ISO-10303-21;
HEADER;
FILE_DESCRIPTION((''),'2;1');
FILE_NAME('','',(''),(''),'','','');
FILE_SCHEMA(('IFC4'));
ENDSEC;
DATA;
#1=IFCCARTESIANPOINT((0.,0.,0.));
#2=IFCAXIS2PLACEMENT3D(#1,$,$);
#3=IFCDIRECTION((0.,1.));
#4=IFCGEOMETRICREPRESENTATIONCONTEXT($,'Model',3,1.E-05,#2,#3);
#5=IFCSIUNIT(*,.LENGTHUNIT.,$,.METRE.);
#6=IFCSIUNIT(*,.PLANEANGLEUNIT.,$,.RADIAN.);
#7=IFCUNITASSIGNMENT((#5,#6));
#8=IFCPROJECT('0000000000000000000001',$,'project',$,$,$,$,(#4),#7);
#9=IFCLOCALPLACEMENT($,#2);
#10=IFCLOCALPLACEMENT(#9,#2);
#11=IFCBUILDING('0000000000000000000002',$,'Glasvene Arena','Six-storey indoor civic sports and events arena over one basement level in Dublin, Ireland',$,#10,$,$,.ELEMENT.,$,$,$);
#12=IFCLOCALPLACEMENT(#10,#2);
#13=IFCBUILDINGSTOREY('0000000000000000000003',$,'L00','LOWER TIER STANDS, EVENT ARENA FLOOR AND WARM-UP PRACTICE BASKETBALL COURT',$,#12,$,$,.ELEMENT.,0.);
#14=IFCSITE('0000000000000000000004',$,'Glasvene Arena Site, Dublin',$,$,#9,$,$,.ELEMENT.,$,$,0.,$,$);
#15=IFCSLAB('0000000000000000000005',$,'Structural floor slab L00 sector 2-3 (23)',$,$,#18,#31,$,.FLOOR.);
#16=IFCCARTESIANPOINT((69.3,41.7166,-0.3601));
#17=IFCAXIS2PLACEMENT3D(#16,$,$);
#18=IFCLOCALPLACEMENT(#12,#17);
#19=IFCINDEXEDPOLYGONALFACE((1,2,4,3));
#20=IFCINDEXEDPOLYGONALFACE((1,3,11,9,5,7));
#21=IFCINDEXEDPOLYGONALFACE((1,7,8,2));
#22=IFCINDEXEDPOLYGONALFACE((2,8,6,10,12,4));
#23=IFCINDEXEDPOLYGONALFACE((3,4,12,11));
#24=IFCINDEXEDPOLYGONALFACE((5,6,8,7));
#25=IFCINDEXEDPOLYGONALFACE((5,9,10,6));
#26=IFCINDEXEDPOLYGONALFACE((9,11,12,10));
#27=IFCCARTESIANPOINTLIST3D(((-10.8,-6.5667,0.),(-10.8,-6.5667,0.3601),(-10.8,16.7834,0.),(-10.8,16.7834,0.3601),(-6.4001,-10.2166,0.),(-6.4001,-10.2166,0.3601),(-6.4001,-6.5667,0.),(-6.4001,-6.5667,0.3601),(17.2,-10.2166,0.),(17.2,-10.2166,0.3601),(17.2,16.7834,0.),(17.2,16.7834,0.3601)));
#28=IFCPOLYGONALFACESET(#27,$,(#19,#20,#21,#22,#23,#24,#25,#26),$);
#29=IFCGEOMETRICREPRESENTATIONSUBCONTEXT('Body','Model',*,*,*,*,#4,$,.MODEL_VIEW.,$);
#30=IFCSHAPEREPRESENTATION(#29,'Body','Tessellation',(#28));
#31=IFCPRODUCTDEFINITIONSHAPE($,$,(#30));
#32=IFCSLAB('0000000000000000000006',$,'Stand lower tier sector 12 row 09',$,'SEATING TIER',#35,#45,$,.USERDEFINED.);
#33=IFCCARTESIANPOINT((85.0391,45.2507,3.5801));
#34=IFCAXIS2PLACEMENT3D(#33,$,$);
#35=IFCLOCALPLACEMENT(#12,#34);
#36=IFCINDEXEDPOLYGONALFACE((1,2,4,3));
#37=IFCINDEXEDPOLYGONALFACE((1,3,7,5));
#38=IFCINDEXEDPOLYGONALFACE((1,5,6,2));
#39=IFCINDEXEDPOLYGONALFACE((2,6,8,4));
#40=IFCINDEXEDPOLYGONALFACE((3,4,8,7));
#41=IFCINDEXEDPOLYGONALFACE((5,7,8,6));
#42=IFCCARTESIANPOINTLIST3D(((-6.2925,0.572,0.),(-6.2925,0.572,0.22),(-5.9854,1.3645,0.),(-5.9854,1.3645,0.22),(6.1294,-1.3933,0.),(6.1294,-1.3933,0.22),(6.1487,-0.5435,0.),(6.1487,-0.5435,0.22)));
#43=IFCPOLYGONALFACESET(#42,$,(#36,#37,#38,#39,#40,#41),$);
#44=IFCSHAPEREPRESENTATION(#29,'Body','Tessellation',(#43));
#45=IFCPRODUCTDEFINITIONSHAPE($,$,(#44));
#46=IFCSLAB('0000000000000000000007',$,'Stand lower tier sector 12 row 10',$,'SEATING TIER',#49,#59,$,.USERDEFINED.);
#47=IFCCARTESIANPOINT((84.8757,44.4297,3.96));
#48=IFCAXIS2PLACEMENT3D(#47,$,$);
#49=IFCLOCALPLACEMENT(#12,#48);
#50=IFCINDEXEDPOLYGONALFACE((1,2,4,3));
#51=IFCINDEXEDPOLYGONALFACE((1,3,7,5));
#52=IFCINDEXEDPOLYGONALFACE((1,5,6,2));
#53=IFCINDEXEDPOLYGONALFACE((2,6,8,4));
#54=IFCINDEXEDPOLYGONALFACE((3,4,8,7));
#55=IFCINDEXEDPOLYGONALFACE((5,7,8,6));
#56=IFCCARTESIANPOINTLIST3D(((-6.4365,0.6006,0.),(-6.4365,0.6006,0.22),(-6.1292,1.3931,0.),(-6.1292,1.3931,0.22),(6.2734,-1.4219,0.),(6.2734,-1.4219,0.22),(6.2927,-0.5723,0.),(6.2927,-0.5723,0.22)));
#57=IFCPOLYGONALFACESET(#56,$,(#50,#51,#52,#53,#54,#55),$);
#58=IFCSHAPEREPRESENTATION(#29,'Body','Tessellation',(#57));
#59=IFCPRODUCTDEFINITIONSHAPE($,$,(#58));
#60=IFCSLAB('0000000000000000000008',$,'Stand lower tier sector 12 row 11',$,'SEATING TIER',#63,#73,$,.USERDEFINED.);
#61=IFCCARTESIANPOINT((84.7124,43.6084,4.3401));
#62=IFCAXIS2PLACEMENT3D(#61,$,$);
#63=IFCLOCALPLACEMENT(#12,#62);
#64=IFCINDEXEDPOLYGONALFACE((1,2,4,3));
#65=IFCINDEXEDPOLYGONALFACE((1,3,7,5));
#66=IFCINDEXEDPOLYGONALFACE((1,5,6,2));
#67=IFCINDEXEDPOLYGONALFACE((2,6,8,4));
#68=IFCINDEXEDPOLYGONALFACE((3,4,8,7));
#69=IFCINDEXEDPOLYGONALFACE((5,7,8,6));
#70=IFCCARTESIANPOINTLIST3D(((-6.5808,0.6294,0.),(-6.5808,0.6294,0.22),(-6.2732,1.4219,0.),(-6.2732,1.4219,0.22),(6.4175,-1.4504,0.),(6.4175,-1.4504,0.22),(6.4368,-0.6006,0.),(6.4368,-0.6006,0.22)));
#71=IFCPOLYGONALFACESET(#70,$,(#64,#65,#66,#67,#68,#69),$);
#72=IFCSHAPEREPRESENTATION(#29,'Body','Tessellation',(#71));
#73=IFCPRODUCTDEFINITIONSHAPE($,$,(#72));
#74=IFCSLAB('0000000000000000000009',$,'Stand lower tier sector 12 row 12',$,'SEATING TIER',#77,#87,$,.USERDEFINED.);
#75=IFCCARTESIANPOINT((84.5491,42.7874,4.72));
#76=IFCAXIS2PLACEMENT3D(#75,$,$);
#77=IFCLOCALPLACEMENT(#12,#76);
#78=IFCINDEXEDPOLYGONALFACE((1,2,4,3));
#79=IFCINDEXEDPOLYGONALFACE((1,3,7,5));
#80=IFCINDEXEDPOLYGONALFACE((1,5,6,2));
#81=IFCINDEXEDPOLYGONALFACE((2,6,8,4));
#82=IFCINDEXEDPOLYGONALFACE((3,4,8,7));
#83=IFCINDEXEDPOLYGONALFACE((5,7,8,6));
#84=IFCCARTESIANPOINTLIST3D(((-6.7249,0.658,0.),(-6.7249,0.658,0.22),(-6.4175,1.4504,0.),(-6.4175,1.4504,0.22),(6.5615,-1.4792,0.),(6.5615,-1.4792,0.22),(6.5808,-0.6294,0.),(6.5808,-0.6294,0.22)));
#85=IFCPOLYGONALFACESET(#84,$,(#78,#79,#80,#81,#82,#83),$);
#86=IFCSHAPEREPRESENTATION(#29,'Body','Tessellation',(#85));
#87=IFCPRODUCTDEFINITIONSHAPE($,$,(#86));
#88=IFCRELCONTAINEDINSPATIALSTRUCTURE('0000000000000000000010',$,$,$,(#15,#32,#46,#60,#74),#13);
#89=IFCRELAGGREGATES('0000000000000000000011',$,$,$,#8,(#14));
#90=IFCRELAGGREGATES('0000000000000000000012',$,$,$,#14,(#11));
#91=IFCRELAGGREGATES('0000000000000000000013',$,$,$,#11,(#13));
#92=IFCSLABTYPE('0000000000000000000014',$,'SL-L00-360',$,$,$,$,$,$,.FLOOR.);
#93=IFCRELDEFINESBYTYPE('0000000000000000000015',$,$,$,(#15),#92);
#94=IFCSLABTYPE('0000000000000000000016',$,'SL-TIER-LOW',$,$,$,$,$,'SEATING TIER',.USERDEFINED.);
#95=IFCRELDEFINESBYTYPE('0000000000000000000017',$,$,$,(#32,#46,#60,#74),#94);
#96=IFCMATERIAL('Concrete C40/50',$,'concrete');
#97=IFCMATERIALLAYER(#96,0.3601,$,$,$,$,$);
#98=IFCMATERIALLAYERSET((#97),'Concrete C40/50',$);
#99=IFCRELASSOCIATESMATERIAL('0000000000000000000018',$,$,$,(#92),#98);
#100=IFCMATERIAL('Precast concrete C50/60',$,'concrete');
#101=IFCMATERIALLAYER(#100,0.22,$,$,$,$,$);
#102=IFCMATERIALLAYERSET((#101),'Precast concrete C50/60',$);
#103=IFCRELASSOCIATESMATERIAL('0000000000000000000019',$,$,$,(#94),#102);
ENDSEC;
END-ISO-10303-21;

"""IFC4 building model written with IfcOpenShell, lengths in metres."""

from ifc_helpers import new_model, si_unit, direction, frame, origin, place, context, subcontext, project, spatial, polyline, outline, extrude, material, layer, layer_set, type_object, element, save


model = new_model("IFC4")

# Units and contexts
model_context = context("Model", 3, precision=1e-05, world=origin(), true_north=direction((0.0, 1.0)))
body_context = subcontext(model_context, "Body", "Model", "MODEL_VIEW")
ifc_project = project(units=[si_unit("LENGTHUNIT", "METRE"), si_unit("PLANEANGLEUNIT", "RADIAN")], contexts=[model_context])

# Site, building, storey
site_placement = place(None, origin())
site = spatial("IfcSite", under=ifc_project, at=site_placement, Name="Glasvene Arena Site, Dublin", CompositionType="ELEMENT", RefElevation=0.0)
building_placement = place(site_placement, origin())
building = spatial("IfcBuilding", under=site, at=building_placement, Name="Glasvene Arena", Description="Six-storey indoor civic sports and events arena over one basement level in Dublin, Ireland", CompositionType="ELEMENT")
storey_placement = place(building_placement, origin())
storey = spatial("IfcBuildingStorey", under=building, at=storey_placement, Name="L00", Description="LOWER TIER STANDS, EVENT ARENA FLOOR AND WARM-UP PRACTICE BASKETBALL COURT", CompositionType="ELEMENT", Elevation=0.0)

# Shared definitions
ifc_material_1 = material(Name="Concrete C40/50", Category="concrete")

# Shared definitions
ifc_material_2 = material(Name="Precast concrete C50/60", Category="concrete")

# Slabs
ifc_layer_1 = layer(ifc_material_1, 0.3601)
ifc_layer_set_1 = layer_set([ifc_layer_1], Name="Concrete C40/50")
slab_type_1 = type_object("IfcSlabType", Name="SL-L00-360", PredefinedType="FLOOR", material=ifc_layer_set_1)
slab_1_placement = place(storey_placement, frame((69.3, 41.7166, -0.3601)))
element("IfcSlab", 1, at=slab_1_placement, inside=storey, type_object=slab_type_1, Name="Structural floor slab L00 sector 2-3 (23)", PredefinedType="FLOOR", context=body_context, shape_type="SweptSolid", body=[
    extrude(outline(polyline([(-10.8, 16.7834), (17.2, 16.7834), (17.2, -10.2166), (-6.4001, -10.2166), (-6.4001, -6.5667), (-10.8, -6.5667), (-10.8, 16.7834)])), origin(), (0.0, 0.0, 1.0), 0.3601),
])
ifc_layer_2 = layer(ifc_material_2, 0.22)
ifc_layer_set_2 = layer_set([ifc_layer_2], Name="Precast concrete C50/60")
slab_type_2 = type_object("IfcSlabType", Name="SL-TIER-LOW", ElementType="SEATING TIER", PredefinedType="USERDEFINED", material=ifc_layer_set_2)
slab_2_placement = place(storey_placement, frame((85.0391, 45.2507, 3.5801)))
element("IfcSlab", 2, at=slab_2_placement, inside=storey, type_object=slab_type_2, Name="Stand lower tier sector 12 row 09", ObjectType="SEATING TIER", PredefinedType="USERDEFINED", context=body_context, shape_type="SweptSolid", body=[
    extrude(outline(polyline([(-5.9854, 1.3645), (6.1487, -0.5435), (6.1294, -1.3933), (-6.2925, 0.572), (-5.9854, 1.3645)])), origin(), (0.0, 0.0, 1.0), 0.22),
])
slab_3_placement = place(storey_placement, frame((84.8757, 44.4297, 3.96)))
element("IfcSlab", 3, at=slab_3_placement, inside=storey, type_object=slab_type_2, Name="Stand lower tier sector 12 row 10", ObjectType="SEATING TIER", PredefinedType="USERDEFINED", context=body_context, shape_type="SweptSolid", body=[
    extrude(outline(polyline([(-6.1292, 1.3931), (6.2927, -0.5723), (6.2734, -1.4219), (-6.4365, 0.6006), (-6.1292, 1.3931)])), origin(), (0.0, 0.0, 1.0), 0.22),
])
slab_4_placement = place(storey_placement, frame((84.7124, 43.6084, 4.3401)))
element("IfcSlab", 4, at=slab_4_placement, inside=storey, type_object=slab_type_2, Name="Stand lower tier sector 12 row 11", ObjectType="SEATING TIER", PredefinedType="USERDEFINED", context=body_context, shape_type="SweptSolid", body=[
    extrude(outline(polyline([(-6.2732, 1.4219), (6.4368, -0.6006), (6.4175, -1.4504), (-6.5808, 0.6294), (-6.2732, 1.4219)])), origin(), (0.0, 0.0, 1.0), 0.22),
])
slab_5_placement = place(storey_placement, frame((84.5491, 42.7874, 4.72)))
element("IfcSlab", 5, at=slab_5_placement, inside=storey, type_object=slab_type_2, Name="Stand lower tier sector 12 row 12", ObjectType="SEATING TIER", PredefinedType="USERDEFINED", context=body_context, shape_type="SweptSolid", body=[
    extrude(outline(polyline([(-6.4175, 1.4504), (6.5808, -0.6294), (6.5615, -1.4792), (-6.7249, 0.658), (-6.4175, 1.4504)])), origin(), (0.0, 0.0, 1.0), 0.22),
])

save(model, "model.ifc")
